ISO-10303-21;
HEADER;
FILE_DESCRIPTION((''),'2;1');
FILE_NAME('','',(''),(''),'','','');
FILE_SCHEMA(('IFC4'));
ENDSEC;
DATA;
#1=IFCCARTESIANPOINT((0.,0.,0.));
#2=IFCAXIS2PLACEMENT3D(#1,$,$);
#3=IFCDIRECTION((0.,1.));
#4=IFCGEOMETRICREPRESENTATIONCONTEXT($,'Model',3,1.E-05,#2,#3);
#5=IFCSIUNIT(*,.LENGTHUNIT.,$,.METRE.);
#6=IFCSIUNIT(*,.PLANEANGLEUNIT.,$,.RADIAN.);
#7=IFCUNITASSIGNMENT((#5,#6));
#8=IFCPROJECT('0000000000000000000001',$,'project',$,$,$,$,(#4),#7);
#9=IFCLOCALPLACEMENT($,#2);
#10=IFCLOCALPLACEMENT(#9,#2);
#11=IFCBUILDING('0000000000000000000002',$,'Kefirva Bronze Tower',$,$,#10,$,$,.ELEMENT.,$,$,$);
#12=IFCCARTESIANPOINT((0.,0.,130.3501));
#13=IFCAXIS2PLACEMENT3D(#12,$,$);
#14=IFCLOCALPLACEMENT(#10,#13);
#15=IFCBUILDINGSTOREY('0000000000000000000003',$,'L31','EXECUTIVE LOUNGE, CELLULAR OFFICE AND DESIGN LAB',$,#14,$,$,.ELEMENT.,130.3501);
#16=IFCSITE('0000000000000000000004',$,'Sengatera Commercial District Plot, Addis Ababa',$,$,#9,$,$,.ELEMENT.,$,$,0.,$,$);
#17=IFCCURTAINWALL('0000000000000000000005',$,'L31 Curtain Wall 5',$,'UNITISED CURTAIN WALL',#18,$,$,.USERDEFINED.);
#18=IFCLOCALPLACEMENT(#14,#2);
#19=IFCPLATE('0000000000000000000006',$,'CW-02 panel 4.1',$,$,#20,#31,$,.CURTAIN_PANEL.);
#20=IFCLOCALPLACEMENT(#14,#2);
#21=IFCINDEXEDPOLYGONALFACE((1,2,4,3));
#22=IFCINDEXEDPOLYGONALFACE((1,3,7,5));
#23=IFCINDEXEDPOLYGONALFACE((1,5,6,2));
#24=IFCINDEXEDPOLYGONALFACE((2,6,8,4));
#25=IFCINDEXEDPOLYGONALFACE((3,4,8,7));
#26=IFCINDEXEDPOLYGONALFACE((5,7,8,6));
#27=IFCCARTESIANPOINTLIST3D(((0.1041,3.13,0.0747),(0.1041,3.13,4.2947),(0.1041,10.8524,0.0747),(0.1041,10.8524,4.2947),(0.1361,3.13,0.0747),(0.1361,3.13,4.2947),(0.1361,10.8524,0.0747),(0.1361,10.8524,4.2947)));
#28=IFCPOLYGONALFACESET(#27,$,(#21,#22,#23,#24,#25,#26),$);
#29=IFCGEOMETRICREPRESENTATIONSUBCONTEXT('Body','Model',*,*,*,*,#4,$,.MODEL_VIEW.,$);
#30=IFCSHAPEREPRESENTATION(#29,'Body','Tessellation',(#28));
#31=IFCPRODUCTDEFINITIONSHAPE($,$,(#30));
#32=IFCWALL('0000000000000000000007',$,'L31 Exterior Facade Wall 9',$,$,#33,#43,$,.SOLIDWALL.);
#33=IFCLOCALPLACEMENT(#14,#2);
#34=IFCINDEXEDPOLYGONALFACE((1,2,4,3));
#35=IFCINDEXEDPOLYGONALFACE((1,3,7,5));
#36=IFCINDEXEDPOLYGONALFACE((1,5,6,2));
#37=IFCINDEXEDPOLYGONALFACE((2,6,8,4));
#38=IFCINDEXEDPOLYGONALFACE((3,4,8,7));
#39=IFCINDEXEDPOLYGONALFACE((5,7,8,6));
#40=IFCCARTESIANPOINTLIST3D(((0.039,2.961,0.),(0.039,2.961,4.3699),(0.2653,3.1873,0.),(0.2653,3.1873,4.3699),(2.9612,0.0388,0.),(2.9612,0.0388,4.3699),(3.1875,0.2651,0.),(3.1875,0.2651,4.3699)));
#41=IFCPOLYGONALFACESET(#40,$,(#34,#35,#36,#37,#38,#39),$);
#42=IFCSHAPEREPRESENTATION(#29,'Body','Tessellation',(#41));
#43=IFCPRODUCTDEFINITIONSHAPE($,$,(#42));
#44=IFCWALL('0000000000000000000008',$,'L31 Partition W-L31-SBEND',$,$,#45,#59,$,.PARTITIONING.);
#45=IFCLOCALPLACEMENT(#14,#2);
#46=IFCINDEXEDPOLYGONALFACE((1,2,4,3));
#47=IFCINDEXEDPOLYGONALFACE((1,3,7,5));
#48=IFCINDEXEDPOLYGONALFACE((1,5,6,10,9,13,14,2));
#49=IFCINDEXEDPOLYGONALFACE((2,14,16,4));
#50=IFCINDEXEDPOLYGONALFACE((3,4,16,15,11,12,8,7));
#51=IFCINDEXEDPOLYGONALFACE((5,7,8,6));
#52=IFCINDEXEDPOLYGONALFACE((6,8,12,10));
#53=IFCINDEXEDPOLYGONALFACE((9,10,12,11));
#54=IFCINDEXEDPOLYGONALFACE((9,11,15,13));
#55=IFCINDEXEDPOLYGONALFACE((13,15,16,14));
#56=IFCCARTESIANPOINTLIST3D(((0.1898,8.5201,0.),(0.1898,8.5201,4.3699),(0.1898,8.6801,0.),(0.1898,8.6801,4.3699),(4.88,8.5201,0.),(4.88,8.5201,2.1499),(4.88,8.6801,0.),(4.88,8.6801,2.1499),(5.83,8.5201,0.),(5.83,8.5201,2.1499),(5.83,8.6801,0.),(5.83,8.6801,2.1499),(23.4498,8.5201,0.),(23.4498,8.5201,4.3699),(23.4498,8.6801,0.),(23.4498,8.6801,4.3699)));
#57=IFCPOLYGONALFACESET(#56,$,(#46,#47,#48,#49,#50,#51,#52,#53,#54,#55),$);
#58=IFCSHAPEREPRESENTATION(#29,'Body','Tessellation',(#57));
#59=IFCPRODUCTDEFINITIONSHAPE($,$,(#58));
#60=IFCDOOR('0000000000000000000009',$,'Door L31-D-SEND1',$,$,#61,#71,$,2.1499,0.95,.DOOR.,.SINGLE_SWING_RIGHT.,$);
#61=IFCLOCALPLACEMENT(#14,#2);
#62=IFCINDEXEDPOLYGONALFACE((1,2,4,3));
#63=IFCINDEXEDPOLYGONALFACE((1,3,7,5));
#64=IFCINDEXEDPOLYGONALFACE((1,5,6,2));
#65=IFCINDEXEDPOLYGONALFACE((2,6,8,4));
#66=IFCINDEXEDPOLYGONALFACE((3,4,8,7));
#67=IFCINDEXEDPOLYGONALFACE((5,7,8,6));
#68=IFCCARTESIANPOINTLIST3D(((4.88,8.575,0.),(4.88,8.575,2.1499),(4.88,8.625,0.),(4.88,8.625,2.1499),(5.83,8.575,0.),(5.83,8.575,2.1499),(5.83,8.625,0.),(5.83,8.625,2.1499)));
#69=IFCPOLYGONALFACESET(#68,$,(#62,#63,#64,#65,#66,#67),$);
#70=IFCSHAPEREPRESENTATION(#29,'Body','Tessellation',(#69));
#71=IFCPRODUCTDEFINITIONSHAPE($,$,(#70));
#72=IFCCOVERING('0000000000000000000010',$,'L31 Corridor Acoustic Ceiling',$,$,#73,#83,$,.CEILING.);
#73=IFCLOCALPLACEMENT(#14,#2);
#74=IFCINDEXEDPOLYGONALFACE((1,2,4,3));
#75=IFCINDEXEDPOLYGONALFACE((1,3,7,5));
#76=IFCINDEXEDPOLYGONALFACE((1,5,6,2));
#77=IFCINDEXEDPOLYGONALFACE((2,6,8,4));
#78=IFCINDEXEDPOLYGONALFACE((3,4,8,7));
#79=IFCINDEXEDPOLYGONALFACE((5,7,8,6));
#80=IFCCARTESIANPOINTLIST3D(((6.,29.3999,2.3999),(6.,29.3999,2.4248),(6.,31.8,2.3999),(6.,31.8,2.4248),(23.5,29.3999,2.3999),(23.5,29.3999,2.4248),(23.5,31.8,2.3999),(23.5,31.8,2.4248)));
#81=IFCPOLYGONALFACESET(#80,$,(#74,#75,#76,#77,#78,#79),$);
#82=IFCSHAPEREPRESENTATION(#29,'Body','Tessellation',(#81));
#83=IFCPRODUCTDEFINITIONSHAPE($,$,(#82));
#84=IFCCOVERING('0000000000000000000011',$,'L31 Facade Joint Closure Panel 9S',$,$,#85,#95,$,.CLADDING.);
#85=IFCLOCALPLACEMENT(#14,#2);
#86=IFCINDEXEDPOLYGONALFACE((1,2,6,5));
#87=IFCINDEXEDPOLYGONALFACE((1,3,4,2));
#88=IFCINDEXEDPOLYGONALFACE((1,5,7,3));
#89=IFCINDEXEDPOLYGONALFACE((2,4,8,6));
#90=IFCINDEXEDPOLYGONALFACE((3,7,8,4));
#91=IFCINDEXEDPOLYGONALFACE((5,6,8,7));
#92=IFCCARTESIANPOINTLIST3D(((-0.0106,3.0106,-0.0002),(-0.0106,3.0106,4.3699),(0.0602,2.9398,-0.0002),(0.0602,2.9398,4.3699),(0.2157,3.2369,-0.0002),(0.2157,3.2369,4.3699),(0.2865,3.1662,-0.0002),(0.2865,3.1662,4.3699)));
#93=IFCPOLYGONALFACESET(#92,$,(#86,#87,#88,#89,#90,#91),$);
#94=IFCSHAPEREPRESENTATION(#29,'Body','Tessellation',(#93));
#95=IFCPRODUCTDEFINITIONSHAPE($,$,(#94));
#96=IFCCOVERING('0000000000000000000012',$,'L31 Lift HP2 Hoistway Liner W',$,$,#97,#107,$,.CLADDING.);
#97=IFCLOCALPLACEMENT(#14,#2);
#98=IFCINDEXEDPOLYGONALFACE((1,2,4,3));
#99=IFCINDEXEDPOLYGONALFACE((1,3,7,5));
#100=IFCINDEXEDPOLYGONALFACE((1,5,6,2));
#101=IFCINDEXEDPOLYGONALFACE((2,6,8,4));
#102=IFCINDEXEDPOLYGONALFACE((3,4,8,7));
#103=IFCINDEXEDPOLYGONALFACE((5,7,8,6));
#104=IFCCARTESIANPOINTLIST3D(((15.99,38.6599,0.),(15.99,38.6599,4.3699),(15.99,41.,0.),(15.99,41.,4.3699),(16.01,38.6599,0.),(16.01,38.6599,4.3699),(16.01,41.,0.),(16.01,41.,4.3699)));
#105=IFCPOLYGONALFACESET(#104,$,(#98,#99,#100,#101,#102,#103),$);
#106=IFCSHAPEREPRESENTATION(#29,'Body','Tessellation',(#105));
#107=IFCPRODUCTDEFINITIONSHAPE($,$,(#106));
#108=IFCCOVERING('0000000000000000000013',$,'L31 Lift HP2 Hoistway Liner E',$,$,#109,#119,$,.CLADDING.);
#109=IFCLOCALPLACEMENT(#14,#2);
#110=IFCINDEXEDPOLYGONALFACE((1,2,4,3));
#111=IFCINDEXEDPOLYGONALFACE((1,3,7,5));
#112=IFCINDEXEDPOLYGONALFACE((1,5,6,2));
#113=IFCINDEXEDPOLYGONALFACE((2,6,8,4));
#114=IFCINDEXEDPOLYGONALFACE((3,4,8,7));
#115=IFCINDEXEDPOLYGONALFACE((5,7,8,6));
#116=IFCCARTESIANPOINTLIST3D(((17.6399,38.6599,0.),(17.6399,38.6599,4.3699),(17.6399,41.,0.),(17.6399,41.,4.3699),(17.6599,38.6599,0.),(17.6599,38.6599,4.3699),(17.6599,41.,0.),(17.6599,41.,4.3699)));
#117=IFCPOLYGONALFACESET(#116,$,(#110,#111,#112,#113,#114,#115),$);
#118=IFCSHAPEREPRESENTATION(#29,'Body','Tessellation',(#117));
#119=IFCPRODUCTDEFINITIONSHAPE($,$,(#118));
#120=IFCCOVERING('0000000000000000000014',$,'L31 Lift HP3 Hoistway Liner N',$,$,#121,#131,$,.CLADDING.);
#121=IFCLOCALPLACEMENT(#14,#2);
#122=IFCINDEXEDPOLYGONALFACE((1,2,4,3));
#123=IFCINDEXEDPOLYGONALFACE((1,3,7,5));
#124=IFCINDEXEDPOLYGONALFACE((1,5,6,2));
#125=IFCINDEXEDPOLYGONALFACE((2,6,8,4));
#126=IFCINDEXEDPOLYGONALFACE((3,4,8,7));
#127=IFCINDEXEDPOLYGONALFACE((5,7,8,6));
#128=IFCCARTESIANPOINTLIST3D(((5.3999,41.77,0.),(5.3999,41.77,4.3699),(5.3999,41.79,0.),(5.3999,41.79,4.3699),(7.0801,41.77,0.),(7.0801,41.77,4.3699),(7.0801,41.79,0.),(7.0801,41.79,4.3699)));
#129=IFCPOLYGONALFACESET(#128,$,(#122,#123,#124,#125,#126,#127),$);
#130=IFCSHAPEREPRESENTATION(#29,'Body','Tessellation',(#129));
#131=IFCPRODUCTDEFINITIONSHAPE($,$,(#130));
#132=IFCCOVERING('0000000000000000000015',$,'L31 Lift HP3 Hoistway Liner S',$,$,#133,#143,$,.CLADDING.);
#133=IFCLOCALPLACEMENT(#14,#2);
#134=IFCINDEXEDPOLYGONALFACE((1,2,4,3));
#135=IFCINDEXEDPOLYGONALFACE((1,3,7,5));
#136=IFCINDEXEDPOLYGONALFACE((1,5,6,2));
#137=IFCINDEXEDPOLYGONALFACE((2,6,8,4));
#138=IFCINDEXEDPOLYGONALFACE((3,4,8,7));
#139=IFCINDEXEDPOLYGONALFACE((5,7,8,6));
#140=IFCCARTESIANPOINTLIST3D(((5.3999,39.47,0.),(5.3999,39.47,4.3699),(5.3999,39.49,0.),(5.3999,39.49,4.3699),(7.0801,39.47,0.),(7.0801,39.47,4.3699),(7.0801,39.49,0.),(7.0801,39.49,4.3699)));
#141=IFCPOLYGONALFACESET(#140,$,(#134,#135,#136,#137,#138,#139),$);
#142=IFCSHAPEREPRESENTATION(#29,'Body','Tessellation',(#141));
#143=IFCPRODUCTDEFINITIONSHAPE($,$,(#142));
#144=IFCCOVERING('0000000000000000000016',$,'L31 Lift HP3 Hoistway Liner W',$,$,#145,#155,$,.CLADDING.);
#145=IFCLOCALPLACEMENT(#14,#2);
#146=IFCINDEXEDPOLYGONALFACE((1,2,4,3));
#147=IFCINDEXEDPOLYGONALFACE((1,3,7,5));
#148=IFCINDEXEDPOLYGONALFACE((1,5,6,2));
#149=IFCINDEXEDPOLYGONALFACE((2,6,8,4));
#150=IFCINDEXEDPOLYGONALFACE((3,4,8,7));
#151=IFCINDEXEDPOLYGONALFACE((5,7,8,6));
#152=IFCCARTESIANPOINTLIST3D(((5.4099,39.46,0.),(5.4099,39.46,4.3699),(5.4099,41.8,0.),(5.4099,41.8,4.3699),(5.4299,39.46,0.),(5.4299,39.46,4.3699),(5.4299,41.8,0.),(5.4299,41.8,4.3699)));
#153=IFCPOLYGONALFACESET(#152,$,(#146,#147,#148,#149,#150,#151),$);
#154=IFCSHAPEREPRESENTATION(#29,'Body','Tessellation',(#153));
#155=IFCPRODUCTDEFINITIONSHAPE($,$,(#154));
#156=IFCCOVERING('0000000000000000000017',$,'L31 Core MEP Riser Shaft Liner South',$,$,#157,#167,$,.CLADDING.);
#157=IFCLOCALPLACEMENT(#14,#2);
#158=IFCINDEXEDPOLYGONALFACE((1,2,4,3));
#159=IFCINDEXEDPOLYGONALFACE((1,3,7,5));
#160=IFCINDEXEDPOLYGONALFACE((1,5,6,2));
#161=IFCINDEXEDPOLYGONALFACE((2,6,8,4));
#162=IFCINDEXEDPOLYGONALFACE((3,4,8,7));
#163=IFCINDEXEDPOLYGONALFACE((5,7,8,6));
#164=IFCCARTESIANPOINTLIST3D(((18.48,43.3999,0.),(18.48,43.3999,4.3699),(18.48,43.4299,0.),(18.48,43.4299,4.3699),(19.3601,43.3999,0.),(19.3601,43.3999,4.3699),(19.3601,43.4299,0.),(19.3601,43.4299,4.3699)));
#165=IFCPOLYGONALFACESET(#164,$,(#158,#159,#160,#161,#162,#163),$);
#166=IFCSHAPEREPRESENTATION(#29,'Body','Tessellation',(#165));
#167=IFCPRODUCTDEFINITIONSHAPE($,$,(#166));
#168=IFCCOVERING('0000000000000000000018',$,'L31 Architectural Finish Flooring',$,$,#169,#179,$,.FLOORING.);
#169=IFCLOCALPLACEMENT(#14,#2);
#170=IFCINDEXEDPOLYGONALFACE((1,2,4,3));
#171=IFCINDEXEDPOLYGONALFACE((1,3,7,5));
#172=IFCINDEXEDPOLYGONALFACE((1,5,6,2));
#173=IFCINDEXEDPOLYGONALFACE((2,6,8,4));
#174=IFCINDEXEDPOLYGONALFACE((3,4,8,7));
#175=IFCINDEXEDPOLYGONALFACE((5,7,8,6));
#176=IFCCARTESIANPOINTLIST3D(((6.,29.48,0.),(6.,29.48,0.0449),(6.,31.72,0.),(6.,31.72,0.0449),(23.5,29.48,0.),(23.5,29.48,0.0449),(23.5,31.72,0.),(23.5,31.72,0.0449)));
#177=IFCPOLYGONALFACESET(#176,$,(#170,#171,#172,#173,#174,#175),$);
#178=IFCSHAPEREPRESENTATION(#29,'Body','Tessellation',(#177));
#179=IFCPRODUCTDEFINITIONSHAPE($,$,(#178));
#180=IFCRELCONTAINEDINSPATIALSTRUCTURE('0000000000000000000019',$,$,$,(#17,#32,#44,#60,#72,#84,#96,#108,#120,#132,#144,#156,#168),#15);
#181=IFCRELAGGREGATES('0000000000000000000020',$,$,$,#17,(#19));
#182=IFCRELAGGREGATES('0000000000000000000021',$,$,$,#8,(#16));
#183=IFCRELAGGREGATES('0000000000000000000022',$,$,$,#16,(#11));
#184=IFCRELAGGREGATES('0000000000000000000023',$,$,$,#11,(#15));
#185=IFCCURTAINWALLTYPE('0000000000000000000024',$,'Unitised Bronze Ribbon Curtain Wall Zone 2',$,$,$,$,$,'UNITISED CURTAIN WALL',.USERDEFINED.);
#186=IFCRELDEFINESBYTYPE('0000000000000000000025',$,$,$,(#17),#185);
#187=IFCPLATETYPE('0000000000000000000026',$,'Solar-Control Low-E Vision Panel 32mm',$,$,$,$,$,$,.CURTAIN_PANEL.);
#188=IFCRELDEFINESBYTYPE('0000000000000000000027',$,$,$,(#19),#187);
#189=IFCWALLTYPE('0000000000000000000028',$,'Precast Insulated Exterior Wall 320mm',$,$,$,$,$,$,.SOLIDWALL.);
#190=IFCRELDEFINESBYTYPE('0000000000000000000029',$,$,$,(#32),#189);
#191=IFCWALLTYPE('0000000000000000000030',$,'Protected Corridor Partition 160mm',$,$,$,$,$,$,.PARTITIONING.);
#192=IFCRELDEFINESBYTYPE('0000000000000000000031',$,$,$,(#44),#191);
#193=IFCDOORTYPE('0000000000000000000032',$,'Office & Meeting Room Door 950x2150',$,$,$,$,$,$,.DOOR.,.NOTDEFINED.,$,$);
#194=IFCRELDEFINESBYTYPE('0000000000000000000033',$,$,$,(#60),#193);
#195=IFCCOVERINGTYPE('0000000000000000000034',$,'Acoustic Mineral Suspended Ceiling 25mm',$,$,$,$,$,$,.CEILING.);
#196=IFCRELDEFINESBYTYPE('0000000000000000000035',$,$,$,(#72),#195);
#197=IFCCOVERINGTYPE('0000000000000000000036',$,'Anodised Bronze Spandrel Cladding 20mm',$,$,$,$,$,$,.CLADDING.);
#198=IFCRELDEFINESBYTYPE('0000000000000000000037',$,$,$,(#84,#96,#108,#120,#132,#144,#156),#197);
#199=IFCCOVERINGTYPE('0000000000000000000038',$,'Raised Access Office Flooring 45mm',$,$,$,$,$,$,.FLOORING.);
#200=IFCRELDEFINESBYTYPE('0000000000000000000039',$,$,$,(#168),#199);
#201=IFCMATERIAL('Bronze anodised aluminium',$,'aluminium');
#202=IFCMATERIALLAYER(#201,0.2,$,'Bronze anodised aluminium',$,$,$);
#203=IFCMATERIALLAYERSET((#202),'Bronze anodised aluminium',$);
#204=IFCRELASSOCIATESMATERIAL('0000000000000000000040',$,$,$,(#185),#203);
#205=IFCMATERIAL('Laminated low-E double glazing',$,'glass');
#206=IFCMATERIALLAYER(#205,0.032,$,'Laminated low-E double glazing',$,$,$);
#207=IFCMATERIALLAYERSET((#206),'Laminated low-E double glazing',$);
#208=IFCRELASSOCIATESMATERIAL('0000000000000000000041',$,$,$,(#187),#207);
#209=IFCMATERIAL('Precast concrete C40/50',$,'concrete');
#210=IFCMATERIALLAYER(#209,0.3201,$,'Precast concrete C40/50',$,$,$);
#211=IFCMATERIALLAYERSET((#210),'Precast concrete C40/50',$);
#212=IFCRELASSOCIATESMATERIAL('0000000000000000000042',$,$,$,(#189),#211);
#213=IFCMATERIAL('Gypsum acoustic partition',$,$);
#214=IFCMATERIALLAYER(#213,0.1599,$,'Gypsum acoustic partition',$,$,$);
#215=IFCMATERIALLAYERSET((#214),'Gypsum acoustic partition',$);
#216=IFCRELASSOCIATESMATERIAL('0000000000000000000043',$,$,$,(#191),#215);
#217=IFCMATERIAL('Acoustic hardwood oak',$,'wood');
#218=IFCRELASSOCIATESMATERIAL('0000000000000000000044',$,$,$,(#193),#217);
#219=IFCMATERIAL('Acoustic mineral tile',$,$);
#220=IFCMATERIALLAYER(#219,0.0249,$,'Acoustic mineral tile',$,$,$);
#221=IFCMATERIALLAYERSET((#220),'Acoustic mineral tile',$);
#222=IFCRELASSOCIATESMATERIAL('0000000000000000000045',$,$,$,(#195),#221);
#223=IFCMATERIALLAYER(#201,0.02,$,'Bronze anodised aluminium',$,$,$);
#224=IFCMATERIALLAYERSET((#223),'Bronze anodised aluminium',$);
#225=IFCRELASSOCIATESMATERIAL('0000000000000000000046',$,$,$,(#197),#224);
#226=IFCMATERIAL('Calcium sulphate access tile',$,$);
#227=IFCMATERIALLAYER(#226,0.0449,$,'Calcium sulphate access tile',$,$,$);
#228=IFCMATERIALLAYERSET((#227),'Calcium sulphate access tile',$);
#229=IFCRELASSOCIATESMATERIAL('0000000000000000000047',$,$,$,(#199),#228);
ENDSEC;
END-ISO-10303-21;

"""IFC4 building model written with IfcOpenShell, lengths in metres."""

from ifc_helpers import new_model, si_unit, direction, frame, frame_2d, origin, origin_2d, place, context, subcontext, project, spatial, polyline, rectangle, outline, extrude, material, layer, layer_set, type_object, element, fill, aggregate, save


model = new_model("IFC4")

# Units and contexts
model_context = context("Model", 3, precision=1e-05, world=origin(), true_north=direction((0.0, 1.0)))
body_context = subcontext(model_context, "Body", "Model", "MODEL_VIEW")
ifc_project = project(units=[si_unit("LENGTHUNIT", "METRE"), si_unit("PLANEANGLEUNIT", "RADIAN")], contexts=[model_context])

# Site, building, storey
site_placement = place(None, origin())
site = spatial("IfcSite", under=ifc_project, at=site_placement, Name="Sengatera Commercial District Plot, Addis Ababa", CompositionType="ELEMENT", RefElevation=0.0)
building_placement = place(site_placement, origin())
building = spatial("IfcBuilding", under=site, at=building_placement, Name="Kefirva Bronze Tower", CompositionType="ELEMENT")
storey_placement = place(building_placement, frame((0.0, 0.0, 130.3501)))
storey = spatial("IfcBuildingStorey", under=building, at=storey_placement, Name="L31", Description="EXECUTIVE LOUNGE, CELLULAR OFFICE AND DESIGN LAB", CompositionType="ELEMENT", Elevation=130.3501)

# Curtain wall
ifc_material_1 = material(Name="Bronze anodised aluminium", Category="aluminium")
ifc_layer_1 = layer(ifc_material_1, 0.2, Name="Bronze anodised aluminium")
ifc_layer_set_1 = layer_set([ifc_layer_1], Name="Bronze anodised aluminium")
curtain_wall_type = type_object("IfcCurtainWallType", Name="Unitised Bronze Ribbon Curtain Wall Zone 2", ElementType="UNITISED CURTAIN WALL", PredefinedType="USERDEFINED", material=ifc_layer_set_1)
curtain_wall_placement = place(storey_placement, origin())
curtain_wall = element("IfcCurtainWall", 1, at=curtain_wall_placement, inside=storey, type_object=curtain_wall_type, Name="L31 Curtain Wall 5", ObjectType="UNITISED CURTAIN WALL", PredefinedType="USERDEFINED")

# Plate
ifc_material_2 = material(Name="Laminated low-E double glazing", Category="glass")
ifc_layer_2 = layer(ifc_material_2, 0.032, Name="Laminated low-E double glazing")
ifc_layer_set_2 = layer_set([ifc_layer_2], Name="Laminated low-E double glazing")
plate_type = type_object("IfcPlateType", Name="Solar-Control Low-E Vision Panel 32mm", PredefinedType="CURTAIN_PANEL", material=ifc_layer_set_2)
plate_placement = place(storey_placement, frame((0.1201, 6.9912, 0.0747), z_axis=(0.0, 0.0, 1.0), x_axis=(0.0, -1.0, 0.0)))
plate = element("IfcPlate", 2, at=plate_placement, type_object=plate_type, Name="CW-02 panel 4.1", PredefinedType="CURTAIN_PANEL", context=body_context, shape_type="SweptSolid", body=[
    extrude(rectangle(XDim=7.7224, YDim=0.032, at=origin_2d()), origin(), (0.0, 0.0, 1.0), 4.22),
])
aggregate(curtain_wall, [plate])

# Wall
ifc_material_3 = material(Name="Precast concrete C40/50", Category="concrete")
ifc_layer_3 = layer(ifc_material_3, 0.3201, Name="Precast concrete C40/50")
ifc_layer_set_3 = layer_set([ifc_layer_3], Name="Precast concrete C40/50")
wall_type_1 = type_object("IfcWallType", Name="Precast Insulated Exterior Wall 320mm", PredefinedType="SOLIDWALL", material=ifc_layer_set_3)
wall_1_placement = place(storey_placement, frame((0.1521, 3.0742, 0.0), z_axis=(0.0, 0.0, 1.0), x_axis=(0.707107, -0.707107, 0.0)))
element("IfcWall", 3, at=wall_1_placement, inside=storey, type_object=wall_type_1, Name="L31 Exterior Facade Wall 9", PredefinedType="SOLIDWALL", context=body_context, shape_type="SweptSolid", body=[
    extrude(rectangle(XDim=4.1326, YDim=0.3201, at=frame_2d((2.0664, 0.0))), origin(), (0.0, 0.0, 1.0), 4.3699),
])

# Wall, opening, door
ifc_material_4 = material(Name="Gypsum acoustic partition")
ifc_layer_4 = layer(ifc_material_4, 0.1599, Name="Gypsum acoustic partition")
ifc_layer_set_4 = layer_set([ifc_layer_4], Name="Gypsum acoustic partition")
wall_type_2 = type_object("IfcWallType", Name="Protected Corridor Partition 160mm", PredefinedType="PARTITIONING", material=ifc_layer_set_4)
wall_2_placement = place(storey_placement, frame((0.1899, 8.6001, 0.0), z_axis=(0.0, 0.0, 1.0), x_axis=(1.0, 0.0, 0.0)))
wall_2 = element("IfcWall", 4, at=wall_2_placement, inside=storey, type_object=wall_type_2, Name="L31 Partition W-L31-SBEND", PredefinedType="PARTITIONING", context=body_context, shape_type="SweptSolid", body=[
    extrude(rectangle(XDim=23.26, YDim=0.1599, at=frame_2d((11.6299, 0.0))), origin(), (0.0, 0.0, 1.0), 4.3699),
])
opening_placement = place(wall_2_placement, frame((4.6899, 0.0, 0.0)))
opening = element("IfcOpeningElement", 5, at=opening_placement, cuts=wall_2, PredefinedType="OPENING", context=body_context, shape_type="SweptSolid", body=[
    extrude(rectangle(XDim=0.95, YDim=2.1499, at=frame_2d((0.4751, 1.075))), frame((0.0, 0.0898, 0.0), z_axis=(0.0, -1.0, 0.0), x_axis=(1.0, 0.0, 0.0)), (0.0, 0.0, 1.0), 0.1799),
])
ifc_material_5 = material(Name="Acoustic hardwood oak", Category="wood")
door_type = type_object("IfcDoorType", Name="Office & Meeting Room Door 950x2150", OperationType="NOTDEFINED", PredefinedType="DOOR", material=ifc_material_5)
door_placement = place(opening_placement, origin())
door = element("IfcDoor", 6, at=door_placement, inside=storey, type_object=door_type, Name="Door L31-D-SEND1", OperationType="SINGLE_SWING_RIGHT", OverallHeight=2.1499, OverallWidth=0.95, PredefinedType="DOOR", context=body_context, shape_type="SweptSolid", body=[
    extrude(rectangle(XDim=0.95, YDim=2.1499, at=frame_2d((0.4751, 1.075))), frame((0.0, 0.0249, 0.0), z_axis=(0.0, -1.0, 0.0), x_axis=(1.0, 0.0, 0.0)), (0.0, 0.0, 1.0), 0.05),
])
fill(opening, door)

# Coverings
ifc_material_6 = material(Name="Acoustic mineral tile")
ifc_layer_5 = layer(ifc_material_6, 0.0249, Name="Acoustic mineral tile")
ifc_layer_set_5 = layer_set([ifc_layer_5], Name="Acoustic mineral tile")
covering_type_1 = type_object("IfcCoveringType", Name="Acoustic Mineral Suspended Ceiling 25mm", PredefinedType="CEILING", material=ifc_layer_set_5)
covering_1_placement = place(storey_placement, frame((0.0, 0.0, 2.3999)))
element("IfcCovering", 7, at=covering_1_placement, inside=storey, type_object=covering_type_1, Name="L31 Corridor Acoustic Ceiling", PredefinedType="CEILING", context=body_context, shape_type="SweptSolid", body=[
    extrude(outline(polyline([(6.0, 29.3999), (23.5, 29.3999), (23.5, 31.8), (6.0, 31.8), (6.0, 29.3999)])), origin(), (0.0, 0.0, 1.0), 0.0249),
])
ifc_layer_6 = layer(ifc_material_1, 0.02, Name="Bronze anodised aluminium")
ifc_layer_set_6 = layer_set([ifc_layer_6], Name="Bronze anodised aluminium")
covering_type_2 = type_object("IfcCoveringType", Name="Anodised Bronze Spandrel Cladding 20mm", PredefinedType="CLADDING", material=ifc_layer_set_6)
covering_2_placement = place(storey_placement, frame((0.1379, 3.0884, -0.0002), z_axis=(0.0, 0.0, 1.0), x_axis=(0.707107, -0.707107, 0.0)))
element("IfcCovering", 8, at=covering_2_placement, inside=storey, type_object=covering_type_2, Name="L31 Facade Joint Closure Panel 9S", PredefinedType="CLADDING", context=body_context, shape_type="SweptSolid", body=[
    extrude(rectangle(XDim=0.1001, YDim=0.3201, at=origin_2d()), origin(), (0.0, 0.0, 1.0), 4.3701),
])
covering_3_placement = place(storey_placement, origin())
element("IfcCovering", 9, at=covering_3_placement, inside=storey, type_object=covering_type_2, Name="L31 Lift HP2 Hoistway Liner W", PredefinedType="CLADDING", context=body_context, shape_type="SweptSolid", body=[
    extrude(outline(polyline([(15.99, 38.6599), (16.01, 38.6599), (16.01, 41.0), (15.99, 41.0), (15.99, 38.6599)])), origin(), (0.0, 0.0, 1.0), 4.3699),
])
covering_4_placement = place(storey_placement, origin())
element("IfcCovering", 10, at=covering_4_placement, inside=storey, type_object=covering_type_2, Name="L31 Lift HP2 Hoistway Liner E", PredefinedType="CLADDING", context=body_context, shape_type="SweptSolid", body=[
    extrude(outline(polyline([(17.6399, 38.6599), (17.6599, 38.6599), (17.6599, 41.0), (17.6399, 41.0), (17.6399, 38.6599)])), origin(), (0.0, 0.0, 1.0), 4.3699),
])
covering_5_placement = place(storey_placement, origin())
element("IfcCovering", 11, at=covering_5_placement, inside=storey, type_object=covering_type_2, Name="L31 Lift HP3 Hoistway Liner N", PredefinedType="CLADDING", context=body_context, shape_type="SweptSolid", body=[
    extrude(outline(polyline([(5.3999, 41.77), (7.0801, 41.77), (7.0801, 41.79), (5.3999, 41.79), (5.3999, 41.77)])), origin(), (0.0, 0.0, 1.0), 4.3699),
])
covering_6_placement = place(storey_placement, origin())
element("IfcCovering", 12, at=covering_6_placement, inside=storey, type_object=covering_type_2, Name="L31 Lift HP3 Hoistway Liner S", PredefinedType="CLADDING", context=body_context, shape_type="SweptSolid", body=[
    extrude(outline(polyline([(5.3999, 39.47), (7.0801, 39.47), (7.0801, 39.49), (5.3999, 39.49), (5.3999, 39.47)])), origin(), (0.0, 0.0, 1.0), 4.3699),
])
covering_7_placement = place(storey_placement, origin())
element("IfcCovering", 13, at=covering_7_placement, inside=storey, type_object=covering_type_2, Name="L31 Lift HP3 Hoistway Liner W", PredefinedType="CLADDING", context=body_context, shape_type="SweptSolid", body=[
    extrude(outline(polyline([(5.4099, 39.46), (5.4299, 39.46), (5.4299, 41.8), (5.4099, 41.8), (5.4099, 39.46)])), origin(), (0.0, 0.0, 1.0), 4.3699),
])
covering_8_placement = place(storey_placement, origin())
element("IfcCovering", 14, at=covering_8_placement, inside=storey, type_object=covering_type_2, Name="L31 Core MEP Riser Shaft Liner South", PredefinedType="CLADDING", context=body_context, shape_type="SweptSolid", body=[
    extrude(outline(polyline([(18.48, 43.3999), (19.3601, 43.3999), (19.3601, 43.4299), (18.48, 43.4299), (18.48, 43.3999)])), origin(), (0.0, 0.0, 1.0), 4.3699),
])
ifc_material_7 = material(Name="Calcium sulphate access tile")
ifc_layer_7 = layer(ifc_material_7, 0.0449, Name="Calcium sulphate access tile")
ifc_layer_set_7 = layer_set([ifc_layer_7], Name="Calcium sulphate access tile")
covering_type_3 = type_object("IfcCoveringType", Name="Raised Access Office Flooring 45mm", PredefinedType="FLOORING", material=ifc_layer_set_7)
covering_9_placement = place(storey_placement, origin())
element("IfcCovering", 15, at=covering_9_placement, inside=storey, type_object=covering_type_3, Name="L31 Architectural Finish Flooring", PredefinedType="FLOORING", context=body_context, shape_type="SweptSolid", body=[
    extrude(outline(polyline([(6.0, 29.48), (23.5, 29.48), (23.5, 31.72), (6.0, 31.72), (6.0, 29.48)])), origin(), (0.0, 0.0, 1.0), 0.0449),
])

save(model, "model.ifc")
